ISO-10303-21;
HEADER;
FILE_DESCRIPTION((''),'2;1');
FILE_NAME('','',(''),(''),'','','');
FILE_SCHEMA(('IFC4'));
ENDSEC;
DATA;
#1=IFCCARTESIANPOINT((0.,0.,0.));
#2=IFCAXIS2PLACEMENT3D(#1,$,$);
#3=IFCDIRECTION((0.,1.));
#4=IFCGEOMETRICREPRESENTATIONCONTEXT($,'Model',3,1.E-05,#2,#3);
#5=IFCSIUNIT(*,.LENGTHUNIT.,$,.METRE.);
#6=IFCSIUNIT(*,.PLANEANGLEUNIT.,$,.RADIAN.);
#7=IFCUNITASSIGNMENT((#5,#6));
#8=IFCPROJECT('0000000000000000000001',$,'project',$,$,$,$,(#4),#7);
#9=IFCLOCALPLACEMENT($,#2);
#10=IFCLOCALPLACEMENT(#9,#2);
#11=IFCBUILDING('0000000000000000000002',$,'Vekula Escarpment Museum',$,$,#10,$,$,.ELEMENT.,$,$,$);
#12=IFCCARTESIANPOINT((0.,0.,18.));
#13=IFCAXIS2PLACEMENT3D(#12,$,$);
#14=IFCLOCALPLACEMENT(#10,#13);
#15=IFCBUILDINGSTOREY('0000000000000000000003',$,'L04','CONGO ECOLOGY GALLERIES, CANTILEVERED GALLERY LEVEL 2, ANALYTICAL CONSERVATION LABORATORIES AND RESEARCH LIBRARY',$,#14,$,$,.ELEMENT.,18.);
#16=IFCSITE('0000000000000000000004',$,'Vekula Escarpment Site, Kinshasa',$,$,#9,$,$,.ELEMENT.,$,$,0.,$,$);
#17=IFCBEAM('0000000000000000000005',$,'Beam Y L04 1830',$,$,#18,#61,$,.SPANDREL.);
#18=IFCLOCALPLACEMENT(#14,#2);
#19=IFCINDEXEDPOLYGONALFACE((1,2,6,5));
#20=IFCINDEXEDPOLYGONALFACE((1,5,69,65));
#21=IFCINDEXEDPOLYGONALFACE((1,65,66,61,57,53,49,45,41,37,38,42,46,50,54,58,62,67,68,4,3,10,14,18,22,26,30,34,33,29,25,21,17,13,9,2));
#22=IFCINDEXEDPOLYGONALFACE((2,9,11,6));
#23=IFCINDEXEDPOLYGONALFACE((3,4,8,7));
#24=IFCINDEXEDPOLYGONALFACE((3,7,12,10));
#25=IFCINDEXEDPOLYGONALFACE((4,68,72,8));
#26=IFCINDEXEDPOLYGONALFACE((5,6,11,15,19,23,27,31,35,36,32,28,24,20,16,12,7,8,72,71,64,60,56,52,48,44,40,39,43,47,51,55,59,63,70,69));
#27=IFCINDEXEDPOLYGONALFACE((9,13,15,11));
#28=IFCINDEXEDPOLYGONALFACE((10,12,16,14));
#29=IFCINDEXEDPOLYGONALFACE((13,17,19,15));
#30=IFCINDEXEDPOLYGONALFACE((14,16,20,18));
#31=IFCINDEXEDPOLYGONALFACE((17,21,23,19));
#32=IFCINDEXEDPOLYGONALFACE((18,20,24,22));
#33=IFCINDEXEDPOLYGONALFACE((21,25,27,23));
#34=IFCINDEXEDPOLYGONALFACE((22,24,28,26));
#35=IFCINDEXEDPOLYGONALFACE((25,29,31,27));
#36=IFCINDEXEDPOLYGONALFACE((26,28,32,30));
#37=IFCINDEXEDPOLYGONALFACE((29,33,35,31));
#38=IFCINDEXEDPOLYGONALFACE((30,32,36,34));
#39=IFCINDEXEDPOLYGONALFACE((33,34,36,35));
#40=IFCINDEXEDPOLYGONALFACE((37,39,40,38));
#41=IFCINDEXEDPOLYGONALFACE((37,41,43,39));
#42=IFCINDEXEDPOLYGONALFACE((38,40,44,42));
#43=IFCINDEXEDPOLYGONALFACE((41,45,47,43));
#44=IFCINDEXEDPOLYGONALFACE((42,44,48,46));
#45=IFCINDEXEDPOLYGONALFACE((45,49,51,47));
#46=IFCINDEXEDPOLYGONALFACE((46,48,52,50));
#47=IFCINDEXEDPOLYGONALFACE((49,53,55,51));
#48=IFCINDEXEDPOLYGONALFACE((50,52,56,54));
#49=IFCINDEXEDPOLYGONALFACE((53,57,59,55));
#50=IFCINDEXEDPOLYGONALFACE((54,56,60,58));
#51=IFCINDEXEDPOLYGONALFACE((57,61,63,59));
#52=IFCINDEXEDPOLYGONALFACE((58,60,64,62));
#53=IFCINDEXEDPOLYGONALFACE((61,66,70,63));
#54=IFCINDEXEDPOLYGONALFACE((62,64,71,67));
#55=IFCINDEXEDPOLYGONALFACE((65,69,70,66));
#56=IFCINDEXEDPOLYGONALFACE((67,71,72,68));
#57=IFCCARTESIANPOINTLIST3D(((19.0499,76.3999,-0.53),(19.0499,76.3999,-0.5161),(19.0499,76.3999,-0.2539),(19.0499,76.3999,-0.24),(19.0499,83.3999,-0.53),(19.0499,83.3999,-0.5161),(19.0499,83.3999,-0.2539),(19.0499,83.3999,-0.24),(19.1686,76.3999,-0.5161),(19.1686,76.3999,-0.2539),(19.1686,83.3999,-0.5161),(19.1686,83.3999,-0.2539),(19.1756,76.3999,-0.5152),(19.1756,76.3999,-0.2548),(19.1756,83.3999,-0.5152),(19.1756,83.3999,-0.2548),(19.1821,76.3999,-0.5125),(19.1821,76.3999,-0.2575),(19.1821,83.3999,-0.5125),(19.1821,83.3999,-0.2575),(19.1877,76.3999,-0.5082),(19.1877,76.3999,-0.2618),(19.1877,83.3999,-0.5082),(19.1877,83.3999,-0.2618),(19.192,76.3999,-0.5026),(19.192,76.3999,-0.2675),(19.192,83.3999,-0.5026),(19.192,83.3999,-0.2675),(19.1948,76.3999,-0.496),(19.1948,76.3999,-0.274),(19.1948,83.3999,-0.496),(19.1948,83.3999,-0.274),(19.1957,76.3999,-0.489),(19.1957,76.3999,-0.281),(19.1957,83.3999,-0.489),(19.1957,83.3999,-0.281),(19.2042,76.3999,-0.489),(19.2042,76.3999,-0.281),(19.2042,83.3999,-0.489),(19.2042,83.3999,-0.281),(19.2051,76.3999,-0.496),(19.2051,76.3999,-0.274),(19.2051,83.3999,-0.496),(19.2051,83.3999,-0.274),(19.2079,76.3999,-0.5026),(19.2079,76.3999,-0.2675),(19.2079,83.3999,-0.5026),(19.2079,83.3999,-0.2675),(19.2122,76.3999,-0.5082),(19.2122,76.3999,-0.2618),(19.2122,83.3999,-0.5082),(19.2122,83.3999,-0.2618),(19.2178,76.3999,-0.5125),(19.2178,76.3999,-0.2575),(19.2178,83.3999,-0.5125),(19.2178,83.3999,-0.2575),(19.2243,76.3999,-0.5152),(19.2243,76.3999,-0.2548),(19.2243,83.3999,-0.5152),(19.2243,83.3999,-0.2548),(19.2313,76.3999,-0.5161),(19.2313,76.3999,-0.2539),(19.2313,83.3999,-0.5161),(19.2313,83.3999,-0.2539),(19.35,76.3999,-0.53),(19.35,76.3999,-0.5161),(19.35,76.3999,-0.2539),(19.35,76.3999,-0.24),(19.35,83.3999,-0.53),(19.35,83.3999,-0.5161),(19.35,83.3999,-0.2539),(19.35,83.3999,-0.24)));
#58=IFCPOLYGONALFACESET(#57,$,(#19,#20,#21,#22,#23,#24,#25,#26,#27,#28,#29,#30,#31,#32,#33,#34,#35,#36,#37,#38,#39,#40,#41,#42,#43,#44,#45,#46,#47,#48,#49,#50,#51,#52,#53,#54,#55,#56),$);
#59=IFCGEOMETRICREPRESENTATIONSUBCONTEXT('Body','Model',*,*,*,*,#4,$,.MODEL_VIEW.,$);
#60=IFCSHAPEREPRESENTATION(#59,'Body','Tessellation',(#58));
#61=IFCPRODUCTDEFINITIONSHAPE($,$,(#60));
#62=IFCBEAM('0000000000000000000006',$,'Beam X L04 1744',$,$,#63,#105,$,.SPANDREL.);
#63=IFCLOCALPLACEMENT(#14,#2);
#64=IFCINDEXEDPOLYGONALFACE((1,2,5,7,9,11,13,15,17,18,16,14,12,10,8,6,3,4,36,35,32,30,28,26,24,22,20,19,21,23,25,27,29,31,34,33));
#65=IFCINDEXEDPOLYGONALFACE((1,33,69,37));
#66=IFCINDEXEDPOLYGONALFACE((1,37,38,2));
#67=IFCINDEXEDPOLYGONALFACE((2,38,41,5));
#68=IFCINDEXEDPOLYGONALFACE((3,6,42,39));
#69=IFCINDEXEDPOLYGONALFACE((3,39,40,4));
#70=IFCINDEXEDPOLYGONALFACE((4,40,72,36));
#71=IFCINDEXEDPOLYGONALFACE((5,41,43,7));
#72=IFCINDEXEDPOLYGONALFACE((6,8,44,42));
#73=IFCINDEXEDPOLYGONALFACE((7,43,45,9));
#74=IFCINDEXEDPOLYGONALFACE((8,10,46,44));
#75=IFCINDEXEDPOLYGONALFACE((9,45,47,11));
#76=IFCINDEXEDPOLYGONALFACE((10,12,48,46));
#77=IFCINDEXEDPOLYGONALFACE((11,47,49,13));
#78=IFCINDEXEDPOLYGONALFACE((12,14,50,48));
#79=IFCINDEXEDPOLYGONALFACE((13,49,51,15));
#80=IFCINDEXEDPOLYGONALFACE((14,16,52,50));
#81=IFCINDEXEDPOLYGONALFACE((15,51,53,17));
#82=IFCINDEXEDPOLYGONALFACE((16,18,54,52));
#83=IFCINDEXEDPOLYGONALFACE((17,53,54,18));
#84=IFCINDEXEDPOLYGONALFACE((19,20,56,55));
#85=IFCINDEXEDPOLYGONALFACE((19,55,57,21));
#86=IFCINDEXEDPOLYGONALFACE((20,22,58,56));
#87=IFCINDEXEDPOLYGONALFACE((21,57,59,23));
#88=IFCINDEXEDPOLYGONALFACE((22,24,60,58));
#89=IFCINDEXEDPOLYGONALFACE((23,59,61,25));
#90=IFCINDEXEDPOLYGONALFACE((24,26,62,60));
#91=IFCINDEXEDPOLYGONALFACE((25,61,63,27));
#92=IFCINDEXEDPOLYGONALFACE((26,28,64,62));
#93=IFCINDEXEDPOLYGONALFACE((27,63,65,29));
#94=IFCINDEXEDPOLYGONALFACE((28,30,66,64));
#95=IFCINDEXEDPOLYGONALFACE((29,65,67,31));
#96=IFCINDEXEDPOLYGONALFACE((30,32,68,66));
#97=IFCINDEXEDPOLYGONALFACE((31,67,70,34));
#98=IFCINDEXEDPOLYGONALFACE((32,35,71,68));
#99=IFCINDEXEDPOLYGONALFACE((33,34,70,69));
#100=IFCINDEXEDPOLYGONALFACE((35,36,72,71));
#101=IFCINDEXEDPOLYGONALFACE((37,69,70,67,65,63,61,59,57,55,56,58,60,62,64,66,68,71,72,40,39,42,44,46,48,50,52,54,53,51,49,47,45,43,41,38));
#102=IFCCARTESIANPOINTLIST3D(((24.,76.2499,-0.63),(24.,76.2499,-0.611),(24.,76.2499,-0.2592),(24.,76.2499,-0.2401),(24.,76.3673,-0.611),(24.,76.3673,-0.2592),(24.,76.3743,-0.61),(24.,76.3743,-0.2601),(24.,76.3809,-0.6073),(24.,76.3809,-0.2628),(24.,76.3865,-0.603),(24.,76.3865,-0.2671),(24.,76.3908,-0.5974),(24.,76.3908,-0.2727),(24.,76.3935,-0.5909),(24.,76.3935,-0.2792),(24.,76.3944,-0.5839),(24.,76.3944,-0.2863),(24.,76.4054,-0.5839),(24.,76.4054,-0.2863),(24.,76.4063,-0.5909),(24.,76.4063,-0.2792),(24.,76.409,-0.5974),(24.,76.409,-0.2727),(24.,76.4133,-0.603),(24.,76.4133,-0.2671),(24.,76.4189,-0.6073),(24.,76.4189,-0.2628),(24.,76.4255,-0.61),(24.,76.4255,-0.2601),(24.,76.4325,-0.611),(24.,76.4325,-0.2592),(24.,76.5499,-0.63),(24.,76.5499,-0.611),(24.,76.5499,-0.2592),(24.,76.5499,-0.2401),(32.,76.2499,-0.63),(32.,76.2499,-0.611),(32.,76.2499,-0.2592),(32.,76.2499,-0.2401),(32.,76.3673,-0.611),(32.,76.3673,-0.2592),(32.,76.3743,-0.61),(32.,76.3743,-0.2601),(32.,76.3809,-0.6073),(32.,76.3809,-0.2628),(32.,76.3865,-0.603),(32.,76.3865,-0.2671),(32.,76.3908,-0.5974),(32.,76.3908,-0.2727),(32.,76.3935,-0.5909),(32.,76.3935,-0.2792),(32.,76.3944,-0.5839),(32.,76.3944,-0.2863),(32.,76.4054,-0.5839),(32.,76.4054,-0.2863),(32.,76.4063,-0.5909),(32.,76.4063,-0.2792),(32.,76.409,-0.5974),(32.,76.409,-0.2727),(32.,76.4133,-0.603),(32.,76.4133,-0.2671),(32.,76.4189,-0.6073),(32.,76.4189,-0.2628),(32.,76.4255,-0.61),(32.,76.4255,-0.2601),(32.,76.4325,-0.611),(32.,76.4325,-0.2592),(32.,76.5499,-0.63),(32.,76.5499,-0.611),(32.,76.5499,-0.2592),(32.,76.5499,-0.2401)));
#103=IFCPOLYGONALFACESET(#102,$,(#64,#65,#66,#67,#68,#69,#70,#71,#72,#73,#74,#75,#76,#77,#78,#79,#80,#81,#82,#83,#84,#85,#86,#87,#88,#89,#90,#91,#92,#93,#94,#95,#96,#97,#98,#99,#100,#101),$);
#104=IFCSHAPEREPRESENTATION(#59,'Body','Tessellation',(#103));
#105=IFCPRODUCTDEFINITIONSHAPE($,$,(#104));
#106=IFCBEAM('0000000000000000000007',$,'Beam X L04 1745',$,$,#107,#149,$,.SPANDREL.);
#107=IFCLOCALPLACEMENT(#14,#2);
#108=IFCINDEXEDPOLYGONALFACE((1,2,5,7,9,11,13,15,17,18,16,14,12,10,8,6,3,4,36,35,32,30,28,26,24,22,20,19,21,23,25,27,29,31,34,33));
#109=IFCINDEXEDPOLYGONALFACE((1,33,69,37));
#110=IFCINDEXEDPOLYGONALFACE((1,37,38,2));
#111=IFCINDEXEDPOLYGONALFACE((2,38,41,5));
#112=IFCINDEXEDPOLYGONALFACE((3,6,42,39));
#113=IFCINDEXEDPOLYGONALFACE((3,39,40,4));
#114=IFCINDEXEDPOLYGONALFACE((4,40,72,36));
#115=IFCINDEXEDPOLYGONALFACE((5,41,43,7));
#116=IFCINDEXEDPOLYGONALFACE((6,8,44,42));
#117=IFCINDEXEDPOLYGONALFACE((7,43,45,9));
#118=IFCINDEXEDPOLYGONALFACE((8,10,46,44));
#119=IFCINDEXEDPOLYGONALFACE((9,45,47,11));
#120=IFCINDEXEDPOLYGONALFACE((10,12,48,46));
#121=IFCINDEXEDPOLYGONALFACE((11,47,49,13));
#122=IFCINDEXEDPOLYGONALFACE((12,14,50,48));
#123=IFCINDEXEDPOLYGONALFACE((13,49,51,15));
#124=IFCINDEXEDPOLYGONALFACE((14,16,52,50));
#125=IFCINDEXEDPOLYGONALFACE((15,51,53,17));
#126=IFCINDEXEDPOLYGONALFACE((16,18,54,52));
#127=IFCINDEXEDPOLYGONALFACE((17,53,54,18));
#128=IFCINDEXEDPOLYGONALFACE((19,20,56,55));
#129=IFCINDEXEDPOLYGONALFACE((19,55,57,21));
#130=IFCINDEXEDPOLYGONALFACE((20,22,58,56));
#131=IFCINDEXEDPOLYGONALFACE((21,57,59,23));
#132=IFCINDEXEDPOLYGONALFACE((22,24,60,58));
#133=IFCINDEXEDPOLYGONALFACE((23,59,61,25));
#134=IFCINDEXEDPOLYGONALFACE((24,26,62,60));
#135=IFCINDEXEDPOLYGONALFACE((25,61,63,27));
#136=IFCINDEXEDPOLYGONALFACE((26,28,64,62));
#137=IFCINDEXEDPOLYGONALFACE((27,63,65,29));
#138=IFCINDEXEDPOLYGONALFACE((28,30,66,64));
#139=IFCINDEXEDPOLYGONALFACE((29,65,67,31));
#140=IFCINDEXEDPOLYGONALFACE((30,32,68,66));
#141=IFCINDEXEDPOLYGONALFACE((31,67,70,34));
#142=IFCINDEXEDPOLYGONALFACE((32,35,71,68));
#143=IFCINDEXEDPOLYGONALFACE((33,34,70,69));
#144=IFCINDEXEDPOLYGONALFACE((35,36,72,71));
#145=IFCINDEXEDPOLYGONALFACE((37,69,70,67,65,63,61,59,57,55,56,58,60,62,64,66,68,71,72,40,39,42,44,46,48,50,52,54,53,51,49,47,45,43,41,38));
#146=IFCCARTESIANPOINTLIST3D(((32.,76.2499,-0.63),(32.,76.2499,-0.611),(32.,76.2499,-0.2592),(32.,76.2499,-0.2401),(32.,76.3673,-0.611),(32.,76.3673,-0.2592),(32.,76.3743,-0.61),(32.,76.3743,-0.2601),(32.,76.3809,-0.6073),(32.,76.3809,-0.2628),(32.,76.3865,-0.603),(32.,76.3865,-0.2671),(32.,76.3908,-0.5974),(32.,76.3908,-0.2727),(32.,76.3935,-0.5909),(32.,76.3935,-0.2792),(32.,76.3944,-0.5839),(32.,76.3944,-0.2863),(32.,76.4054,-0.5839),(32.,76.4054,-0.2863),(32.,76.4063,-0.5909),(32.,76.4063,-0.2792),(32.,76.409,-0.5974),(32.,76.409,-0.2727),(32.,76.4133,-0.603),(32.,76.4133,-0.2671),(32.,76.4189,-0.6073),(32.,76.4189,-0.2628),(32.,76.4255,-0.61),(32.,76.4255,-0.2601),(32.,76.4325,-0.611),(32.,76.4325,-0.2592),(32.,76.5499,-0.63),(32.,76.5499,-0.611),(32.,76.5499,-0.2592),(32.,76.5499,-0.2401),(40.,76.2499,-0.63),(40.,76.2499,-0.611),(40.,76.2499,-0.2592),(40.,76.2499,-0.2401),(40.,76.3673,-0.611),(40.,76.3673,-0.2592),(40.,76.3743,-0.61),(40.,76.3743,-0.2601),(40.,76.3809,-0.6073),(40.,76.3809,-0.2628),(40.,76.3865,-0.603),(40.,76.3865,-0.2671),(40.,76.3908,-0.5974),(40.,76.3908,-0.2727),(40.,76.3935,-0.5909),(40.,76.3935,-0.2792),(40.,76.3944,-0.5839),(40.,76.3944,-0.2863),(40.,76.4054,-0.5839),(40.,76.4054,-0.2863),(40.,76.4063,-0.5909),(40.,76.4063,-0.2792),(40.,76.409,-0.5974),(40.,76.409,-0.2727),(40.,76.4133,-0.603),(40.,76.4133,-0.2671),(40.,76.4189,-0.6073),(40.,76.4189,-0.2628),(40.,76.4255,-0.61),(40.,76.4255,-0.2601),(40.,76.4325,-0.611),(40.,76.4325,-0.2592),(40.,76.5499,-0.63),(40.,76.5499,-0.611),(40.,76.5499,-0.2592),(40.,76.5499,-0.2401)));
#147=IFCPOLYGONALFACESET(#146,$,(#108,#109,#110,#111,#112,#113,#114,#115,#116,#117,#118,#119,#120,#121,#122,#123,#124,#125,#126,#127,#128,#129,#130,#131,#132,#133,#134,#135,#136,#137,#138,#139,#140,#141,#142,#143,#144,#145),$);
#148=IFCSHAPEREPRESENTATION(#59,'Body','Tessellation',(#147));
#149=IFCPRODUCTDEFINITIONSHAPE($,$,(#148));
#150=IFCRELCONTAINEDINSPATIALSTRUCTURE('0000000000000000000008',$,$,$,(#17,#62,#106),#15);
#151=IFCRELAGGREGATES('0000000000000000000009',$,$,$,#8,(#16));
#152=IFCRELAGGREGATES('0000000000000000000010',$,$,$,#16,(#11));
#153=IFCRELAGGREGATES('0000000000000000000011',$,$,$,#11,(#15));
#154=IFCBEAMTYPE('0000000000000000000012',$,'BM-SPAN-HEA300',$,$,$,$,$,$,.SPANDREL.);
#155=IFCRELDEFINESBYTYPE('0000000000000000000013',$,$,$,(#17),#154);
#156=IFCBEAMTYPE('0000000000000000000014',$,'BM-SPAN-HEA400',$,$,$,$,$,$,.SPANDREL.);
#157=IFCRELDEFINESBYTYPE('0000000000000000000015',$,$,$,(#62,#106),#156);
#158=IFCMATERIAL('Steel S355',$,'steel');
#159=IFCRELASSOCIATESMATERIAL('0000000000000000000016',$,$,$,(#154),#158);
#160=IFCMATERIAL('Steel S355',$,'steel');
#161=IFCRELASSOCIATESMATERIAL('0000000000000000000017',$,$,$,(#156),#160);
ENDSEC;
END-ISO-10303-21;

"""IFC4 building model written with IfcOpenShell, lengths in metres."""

from ifc_helpers import new_model, si_unit, direction, frame, origin, origin_2d, place, context, subcontext, project, spatial, i_section, extrude, material, material_profile, profile_set, type_object, element, save


model = new_model("IFC4")

# Units and contexts
model_context = context("Model", 3, precision=1e-05, world=origin(), true_north=direction((0.0, 1.0)))
body_context = subcontext(model_context, "Body", "Model", "MODEL_VIEW")
ifc_project = project(units=[si_unit("LENGTHUNIT", "METRE"), si_unit("PLANEANGLEUNIT", "RADIAN")], contexts=[model_context])

# Site, building, storey
site_placement = place(None, origin())
site = spatial("IfcSite", under=ifc_project, at=site_placement, Name="Vekula Escarpment Site, Kinshasa", CompositionType="ELEMENT", RefElevation=0.0)
building_placement = place(site_placement, origin())
building = spatial("IfcBuilding", under=site, at=building_placement, Name="Vekula Escarpment Museum", CompositionType="ELEMENT")
storey_placement = place(building_placement, frame((0.0, 0.0, 18.0)))
storey = spatial("IfcBuildingStorey", under=building, at=storey_placement, Name="L04", Description="CONGO ECOLOGY GALLERIES, CANTILEVERED GALLERY LEVEL 2, ANALYTICAL CONSERVATION LABORATORIES AND RESEARCH LIBRARY", CompositionType="ELEMENT", Elevation=18.0)

# Beams
ifc_material_1 = material(Name="Steel S355", Category="steel")
ifc_material_profile_1 = material_profile(ifc_material_1, i_section(OverallWidth=0.3, OverallDepth=0.29, WebThickness=0.0085, FlangeThickness=0.0139, FilletRadius=0.0271, at=origin_2d()), Name="HEA 300")
ifc_profile_set_1 = profile_set([ifc_material_profile_1], Name="Steel S355")
beam_type_1 = type_object("IfcBeamType", Name="BM-SPAN-HEA300", PredefinedType="SPANDREL", material=ifc_profile_set_1)
beam_1_placement = place(storey_placement, frame((19.2, 76.3999, -0.385), z_axis=(0.0, 1.0, 0.0), x_axis=(-1.0, 0.0, 0.0)))
element("IfcBeam", 1, at=beam_1_placement, inside=storey, type_object=beam_type_1, Name="Beam Y L04 1830", PredefinedType="SPANDREL", context=body_context, shape_type="SweptSolid", body=[
    extrude(i_section(OverallWidth=0.3, OverallDepth=0.29, WebThickness=0.0085, FlangeThickness=0.0139, FilletRadius=0.0271, at=origin_2d()), origin(), (0.0, 0.0, 1.0), 7.0),
])
ifc_material_2 = material(Name="Steel S355", Category="steel")
ifc_material_profile_2 = material_profile(ifc_material_2, i_section(OverallWidth=0.3, OverallDepth=0.3899, WebThickness=0.011, FlangeThickness=0.019, FilletRadius=0.0271, at=origin_2d()), Name="HEA 400")
ifc_profile_set_2 = profile_set([ifc_material_profile_2], Name="Steel S355")
beam_type_2 = type_object("IfcBeamType", Name="BM-SPAN-HEA400", PredefinedType="SPANDREL", material=ifc_profile_set_2)
for number, where, z_axis, x_axis, name in (
    (2, (24.0, 76.3999, -0.4351), (1.0, 0.0, 0.0), (0.0, 1.0, 0.0), "Beam X L04 1744"),
    (3, (32.0, 76.3999, -0.4351), (1.0, 0.0, 0.0), (0.0, 1.0, 0.0), "Beam X L04 1745"),
):
    element("IfcBeam", number, at=place(storey_placement, frame(where, z_axis=z_axis, x_axis=x_axis)), inside=storey, type_object=beam_type_2, Name=name, PredefinedType="SPANDREL", context=body_context, shape_type="SweptSolid", body=[
        extrude(i_section(OverallWidth=0.3, OverallDepth=0.3899, WebThickness=0.011, FlangeThickness=0.019, FilletRadius=0.0271, at=origin_2d()), origin(), (0.0, 0.0, 1.0), 8.0),
    ])

save(model, "model.ifc")
